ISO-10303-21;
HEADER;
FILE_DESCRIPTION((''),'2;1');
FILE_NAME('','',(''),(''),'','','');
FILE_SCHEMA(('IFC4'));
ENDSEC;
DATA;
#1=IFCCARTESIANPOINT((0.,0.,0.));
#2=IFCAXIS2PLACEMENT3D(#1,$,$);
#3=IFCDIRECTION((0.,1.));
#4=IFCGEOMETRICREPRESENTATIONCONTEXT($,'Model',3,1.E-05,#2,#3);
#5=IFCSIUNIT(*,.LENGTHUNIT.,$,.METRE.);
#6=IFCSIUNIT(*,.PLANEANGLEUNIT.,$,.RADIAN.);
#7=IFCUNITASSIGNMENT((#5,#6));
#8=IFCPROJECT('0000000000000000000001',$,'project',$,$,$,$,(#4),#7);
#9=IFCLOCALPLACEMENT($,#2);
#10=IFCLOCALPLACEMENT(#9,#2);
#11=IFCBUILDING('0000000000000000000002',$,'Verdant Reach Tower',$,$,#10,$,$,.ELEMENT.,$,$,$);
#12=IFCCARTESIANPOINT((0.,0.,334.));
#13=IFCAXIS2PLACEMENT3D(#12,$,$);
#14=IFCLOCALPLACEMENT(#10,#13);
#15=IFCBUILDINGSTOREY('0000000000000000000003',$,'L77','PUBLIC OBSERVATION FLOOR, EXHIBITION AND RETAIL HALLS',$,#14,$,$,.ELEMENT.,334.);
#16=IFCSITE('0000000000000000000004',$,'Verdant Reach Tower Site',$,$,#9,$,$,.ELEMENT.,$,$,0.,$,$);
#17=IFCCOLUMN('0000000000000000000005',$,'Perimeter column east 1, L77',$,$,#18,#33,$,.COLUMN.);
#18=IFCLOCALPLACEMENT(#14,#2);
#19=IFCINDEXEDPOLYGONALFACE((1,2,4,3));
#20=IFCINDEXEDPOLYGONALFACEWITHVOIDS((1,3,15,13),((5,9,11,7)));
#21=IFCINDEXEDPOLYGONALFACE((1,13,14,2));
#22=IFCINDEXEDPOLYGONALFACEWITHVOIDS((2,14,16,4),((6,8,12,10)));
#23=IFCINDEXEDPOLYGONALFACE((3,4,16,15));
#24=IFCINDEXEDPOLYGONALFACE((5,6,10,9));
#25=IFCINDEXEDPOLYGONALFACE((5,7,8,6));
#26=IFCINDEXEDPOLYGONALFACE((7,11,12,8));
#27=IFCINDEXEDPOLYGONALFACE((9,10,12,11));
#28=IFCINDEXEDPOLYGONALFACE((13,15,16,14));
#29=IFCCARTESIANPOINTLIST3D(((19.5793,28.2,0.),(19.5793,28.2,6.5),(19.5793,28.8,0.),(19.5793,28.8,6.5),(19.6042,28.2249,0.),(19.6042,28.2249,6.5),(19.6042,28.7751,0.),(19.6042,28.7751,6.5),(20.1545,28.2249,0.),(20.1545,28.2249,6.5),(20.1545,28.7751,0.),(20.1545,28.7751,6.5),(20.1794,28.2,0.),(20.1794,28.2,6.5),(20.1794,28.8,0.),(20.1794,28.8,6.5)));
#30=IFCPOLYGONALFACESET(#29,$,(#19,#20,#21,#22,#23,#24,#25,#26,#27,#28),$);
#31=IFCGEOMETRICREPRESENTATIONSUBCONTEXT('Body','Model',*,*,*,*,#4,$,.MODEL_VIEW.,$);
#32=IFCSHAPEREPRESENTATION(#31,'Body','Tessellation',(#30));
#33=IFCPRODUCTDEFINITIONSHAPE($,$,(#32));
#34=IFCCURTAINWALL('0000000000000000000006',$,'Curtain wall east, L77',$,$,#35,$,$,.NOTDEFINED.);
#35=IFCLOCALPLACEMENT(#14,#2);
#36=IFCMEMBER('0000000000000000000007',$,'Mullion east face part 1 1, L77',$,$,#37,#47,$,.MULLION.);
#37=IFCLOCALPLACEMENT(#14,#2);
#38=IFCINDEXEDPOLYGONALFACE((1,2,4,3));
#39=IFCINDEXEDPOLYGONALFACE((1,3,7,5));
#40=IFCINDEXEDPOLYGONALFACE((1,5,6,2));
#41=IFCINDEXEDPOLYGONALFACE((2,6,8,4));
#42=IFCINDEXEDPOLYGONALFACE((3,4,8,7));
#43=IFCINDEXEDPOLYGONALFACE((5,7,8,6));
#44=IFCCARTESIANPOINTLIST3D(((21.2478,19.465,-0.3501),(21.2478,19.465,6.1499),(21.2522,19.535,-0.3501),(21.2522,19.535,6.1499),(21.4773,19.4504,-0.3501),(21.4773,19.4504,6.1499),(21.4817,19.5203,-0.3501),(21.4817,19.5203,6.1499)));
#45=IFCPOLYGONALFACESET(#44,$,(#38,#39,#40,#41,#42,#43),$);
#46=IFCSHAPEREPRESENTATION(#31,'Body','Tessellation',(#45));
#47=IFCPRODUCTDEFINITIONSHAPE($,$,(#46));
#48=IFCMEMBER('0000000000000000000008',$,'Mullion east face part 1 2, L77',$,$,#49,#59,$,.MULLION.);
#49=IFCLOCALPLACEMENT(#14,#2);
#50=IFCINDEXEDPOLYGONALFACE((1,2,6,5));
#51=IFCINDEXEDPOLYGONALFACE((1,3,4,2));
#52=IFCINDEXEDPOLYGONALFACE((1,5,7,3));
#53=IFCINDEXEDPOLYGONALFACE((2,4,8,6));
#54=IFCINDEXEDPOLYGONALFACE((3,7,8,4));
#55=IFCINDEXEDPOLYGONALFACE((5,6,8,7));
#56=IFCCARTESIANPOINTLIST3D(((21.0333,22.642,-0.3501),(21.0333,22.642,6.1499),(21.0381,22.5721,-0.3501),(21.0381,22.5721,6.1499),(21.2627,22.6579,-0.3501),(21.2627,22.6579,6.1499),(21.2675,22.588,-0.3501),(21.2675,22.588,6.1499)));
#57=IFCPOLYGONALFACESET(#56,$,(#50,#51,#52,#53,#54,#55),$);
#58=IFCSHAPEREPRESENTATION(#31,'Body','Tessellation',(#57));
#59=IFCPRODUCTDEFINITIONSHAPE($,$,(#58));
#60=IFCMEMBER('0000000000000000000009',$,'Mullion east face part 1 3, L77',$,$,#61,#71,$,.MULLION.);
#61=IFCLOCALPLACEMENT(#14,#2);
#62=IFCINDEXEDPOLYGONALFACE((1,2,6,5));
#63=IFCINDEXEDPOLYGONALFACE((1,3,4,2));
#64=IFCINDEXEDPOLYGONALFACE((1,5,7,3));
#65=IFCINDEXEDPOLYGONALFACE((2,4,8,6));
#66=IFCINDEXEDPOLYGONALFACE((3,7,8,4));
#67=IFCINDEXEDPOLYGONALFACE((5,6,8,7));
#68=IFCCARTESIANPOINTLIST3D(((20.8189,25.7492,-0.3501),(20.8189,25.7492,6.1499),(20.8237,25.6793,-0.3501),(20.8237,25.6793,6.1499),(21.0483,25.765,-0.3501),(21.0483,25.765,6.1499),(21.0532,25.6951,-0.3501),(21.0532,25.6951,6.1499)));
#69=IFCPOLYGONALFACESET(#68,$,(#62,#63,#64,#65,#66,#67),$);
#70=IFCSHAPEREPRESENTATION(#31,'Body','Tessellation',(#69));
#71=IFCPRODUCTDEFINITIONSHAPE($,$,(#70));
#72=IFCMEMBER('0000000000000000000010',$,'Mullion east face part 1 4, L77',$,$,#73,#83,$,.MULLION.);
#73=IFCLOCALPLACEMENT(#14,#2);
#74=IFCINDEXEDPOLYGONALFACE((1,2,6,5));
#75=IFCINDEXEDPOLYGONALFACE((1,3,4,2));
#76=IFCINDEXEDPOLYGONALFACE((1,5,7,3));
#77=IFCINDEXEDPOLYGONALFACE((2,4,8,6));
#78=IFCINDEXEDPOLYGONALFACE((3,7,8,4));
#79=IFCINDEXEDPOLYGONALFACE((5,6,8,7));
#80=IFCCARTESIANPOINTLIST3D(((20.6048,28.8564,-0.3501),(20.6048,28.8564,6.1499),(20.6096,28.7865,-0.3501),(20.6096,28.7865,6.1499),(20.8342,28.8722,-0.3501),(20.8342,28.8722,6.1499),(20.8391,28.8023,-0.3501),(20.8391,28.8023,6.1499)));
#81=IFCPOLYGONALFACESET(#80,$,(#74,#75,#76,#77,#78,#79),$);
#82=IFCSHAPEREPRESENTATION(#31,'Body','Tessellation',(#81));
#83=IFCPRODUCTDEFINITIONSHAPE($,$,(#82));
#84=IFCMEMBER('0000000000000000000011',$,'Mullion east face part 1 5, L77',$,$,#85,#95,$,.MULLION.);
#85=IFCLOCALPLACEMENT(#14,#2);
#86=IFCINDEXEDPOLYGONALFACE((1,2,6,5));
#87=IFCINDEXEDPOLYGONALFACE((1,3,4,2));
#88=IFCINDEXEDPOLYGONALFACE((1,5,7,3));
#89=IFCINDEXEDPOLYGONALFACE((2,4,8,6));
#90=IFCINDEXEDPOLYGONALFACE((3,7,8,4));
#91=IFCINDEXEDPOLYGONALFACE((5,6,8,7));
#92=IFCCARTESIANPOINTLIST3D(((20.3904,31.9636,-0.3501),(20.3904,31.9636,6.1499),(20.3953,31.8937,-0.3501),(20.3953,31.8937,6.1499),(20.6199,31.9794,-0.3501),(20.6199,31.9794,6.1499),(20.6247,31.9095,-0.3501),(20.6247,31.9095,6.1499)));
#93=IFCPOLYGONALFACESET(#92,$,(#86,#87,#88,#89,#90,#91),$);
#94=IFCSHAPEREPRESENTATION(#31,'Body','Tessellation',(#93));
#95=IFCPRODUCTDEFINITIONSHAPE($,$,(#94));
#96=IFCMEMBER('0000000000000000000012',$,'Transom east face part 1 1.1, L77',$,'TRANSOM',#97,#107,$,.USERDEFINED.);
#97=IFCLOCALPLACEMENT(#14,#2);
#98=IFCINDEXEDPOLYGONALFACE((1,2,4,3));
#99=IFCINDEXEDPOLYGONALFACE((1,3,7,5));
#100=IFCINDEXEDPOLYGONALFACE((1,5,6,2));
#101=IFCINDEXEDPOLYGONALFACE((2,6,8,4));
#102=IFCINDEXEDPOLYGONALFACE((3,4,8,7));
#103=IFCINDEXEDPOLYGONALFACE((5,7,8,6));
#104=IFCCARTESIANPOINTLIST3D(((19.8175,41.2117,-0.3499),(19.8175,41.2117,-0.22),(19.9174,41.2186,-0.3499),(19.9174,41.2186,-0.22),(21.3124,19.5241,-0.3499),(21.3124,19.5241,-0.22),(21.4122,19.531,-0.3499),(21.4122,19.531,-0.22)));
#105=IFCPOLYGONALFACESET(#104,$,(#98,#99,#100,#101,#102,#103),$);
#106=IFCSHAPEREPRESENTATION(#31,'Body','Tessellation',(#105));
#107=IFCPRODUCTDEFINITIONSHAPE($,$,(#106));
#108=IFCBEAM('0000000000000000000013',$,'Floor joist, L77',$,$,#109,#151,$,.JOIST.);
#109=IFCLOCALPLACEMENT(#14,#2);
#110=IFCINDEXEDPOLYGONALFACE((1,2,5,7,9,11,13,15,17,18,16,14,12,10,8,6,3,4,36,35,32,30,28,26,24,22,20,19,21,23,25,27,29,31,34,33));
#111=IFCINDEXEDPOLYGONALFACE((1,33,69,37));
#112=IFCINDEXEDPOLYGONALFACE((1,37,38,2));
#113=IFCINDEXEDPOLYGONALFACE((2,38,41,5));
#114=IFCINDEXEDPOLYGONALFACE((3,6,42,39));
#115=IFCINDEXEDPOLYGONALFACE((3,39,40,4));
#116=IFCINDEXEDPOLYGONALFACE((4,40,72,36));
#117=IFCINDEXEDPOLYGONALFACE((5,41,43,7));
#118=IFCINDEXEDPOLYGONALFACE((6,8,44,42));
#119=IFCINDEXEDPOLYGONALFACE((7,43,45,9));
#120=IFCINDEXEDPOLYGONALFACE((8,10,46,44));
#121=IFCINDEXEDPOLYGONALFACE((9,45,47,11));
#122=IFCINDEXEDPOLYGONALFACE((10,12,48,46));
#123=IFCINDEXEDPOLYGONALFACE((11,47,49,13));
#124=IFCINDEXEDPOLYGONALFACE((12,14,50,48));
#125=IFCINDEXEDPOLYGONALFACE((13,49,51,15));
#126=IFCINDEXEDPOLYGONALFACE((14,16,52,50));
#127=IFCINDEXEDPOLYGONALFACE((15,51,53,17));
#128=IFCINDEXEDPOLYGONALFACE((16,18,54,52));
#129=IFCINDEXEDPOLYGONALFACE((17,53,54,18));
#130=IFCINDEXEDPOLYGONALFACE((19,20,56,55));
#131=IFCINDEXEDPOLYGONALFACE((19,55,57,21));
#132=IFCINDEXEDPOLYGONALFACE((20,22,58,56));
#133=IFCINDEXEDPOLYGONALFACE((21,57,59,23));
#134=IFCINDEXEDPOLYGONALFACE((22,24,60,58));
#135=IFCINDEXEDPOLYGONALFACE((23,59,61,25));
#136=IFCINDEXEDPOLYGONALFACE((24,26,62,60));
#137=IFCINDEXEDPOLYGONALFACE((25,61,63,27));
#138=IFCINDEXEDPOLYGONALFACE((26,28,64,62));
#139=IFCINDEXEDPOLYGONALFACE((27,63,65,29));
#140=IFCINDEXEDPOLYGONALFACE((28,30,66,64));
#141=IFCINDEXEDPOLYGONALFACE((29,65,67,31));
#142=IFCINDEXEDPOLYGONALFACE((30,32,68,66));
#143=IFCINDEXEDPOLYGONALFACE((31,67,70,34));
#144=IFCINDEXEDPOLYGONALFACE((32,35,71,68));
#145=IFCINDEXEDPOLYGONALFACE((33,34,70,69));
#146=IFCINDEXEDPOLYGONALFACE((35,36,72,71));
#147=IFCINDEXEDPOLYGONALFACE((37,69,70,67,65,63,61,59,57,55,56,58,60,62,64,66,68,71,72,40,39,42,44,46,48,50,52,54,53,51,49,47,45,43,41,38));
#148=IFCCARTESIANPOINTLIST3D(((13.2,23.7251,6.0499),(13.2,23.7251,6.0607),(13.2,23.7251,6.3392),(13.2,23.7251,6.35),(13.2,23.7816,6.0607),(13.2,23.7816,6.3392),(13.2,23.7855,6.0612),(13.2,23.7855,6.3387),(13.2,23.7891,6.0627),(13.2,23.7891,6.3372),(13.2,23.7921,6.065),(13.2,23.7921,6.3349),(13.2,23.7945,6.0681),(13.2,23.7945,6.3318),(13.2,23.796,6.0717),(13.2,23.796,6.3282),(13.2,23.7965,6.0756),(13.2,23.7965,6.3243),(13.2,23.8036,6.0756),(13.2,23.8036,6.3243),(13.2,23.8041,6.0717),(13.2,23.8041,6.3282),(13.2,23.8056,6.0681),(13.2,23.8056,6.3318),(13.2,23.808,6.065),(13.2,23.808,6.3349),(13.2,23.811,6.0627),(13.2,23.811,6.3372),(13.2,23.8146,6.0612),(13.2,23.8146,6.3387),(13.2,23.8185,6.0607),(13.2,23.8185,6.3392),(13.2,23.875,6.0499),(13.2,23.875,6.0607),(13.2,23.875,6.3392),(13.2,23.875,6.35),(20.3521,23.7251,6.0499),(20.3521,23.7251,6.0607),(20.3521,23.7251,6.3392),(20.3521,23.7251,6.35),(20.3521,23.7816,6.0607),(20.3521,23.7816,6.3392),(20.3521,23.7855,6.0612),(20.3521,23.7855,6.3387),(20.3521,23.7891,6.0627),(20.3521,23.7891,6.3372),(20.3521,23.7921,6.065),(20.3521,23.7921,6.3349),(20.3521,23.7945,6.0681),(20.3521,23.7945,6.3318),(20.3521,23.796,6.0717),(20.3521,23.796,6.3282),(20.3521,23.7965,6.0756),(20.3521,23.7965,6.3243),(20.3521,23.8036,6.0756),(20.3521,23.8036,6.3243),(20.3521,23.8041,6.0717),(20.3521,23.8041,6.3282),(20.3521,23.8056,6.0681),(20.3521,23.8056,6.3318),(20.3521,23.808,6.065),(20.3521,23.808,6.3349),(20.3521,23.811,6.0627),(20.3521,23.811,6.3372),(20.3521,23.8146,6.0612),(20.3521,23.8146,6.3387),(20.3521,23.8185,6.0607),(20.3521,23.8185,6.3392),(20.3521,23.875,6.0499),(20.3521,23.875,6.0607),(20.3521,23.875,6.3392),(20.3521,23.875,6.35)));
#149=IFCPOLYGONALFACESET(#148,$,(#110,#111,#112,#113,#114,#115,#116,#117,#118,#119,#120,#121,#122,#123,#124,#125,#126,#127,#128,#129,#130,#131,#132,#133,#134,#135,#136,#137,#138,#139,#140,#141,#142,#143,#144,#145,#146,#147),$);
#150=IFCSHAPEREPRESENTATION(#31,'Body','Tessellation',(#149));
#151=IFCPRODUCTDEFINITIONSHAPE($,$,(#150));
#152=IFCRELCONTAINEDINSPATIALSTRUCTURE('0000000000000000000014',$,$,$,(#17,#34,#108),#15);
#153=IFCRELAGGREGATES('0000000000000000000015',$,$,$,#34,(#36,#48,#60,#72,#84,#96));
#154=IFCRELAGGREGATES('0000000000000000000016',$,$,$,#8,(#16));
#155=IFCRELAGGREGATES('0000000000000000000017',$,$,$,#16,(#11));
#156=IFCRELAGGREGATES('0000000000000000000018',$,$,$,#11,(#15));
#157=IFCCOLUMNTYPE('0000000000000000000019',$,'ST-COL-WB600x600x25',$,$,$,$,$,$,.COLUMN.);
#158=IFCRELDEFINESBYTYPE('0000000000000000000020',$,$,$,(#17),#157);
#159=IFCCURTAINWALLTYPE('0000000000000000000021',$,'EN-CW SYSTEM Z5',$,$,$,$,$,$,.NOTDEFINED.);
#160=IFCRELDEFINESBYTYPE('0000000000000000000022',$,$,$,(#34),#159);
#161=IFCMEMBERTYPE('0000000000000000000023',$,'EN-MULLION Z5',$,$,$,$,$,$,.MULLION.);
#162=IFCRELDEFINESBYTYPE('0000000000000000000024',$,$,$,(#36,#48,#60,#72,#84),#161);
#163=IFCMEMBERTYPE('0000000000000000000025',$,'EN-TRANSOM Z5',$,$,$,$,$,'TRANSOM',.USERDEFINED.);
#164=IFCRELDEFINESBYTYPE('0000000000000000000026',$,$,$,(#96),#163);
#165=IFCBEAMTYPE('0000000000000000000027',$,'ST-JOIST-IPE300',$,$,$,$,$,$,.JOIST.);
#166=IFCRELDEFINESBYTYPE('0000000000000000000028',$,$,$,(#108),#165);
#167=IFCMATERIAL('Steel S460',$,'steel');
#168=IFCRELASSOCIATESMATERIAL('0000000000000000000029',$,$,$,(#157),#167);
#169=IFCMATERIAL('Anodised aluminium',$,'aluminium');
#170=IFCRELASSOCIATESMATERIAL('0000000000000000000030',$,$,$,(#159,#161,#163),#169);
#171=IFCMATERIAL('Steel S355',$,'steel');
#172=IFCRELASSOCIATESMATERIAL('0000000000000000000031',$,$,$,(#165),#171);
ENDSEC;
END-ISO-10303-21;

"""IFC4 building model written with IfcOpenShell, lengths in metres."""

from ifc_helpers import new_model, si_unit, direction, frame, origin, origin_2d, place, context, subcontext, project, spatial, rectangle, hollow_rectangle, i_section, extrude, material, material_profile, profile_set, type_object, element, aggregate, save


model = new_model("IFC4")

# Units and contexts
model_context = context("Model", 3, precision=1e-05, world=origin(), true_north=direction((0.0, 1.0)))
body_context = subcontext(model_context, "Body", "Model", "MODEL_VIEW")
ifc_project = project(units=[si_unit("LENGTHUNIT", "METRE"), si_unit("PLANEANGLEUNIT", "RADIAN")], contexts=[model_context])

# Site, building, storey
site_placement = place(None, origin())
site = spatial("IfcSite", under=ifc_project, at=site_placement, Name="Verdant Reach Tower Site", CompositionType="ELEMENT", RefElevation=0.0)
building_placement = place(site_placement, origin())
building = spatial("IfcBuilding", under=site, at=building_placement, Name="Verdant Reach Tower", CompositionType="ELEMENT")
storey_placement = place(building_placement, frame((0.0, 0.0, 334.0)))
storey = spatial("IfcBuildingStorey", under=building, at=storey_placement, Name="L77", Description="PUBLIC OBSERVATION FLOOR, EXHIBITION AND RETAIL HALLS", CompositionType="ELEMENT", Elevation=334.0)

# Column
ifc_material_1 = material(Name="Steel S460", Category="steel")
ifc_material_profile_1 = material_profile(ifc_material_1, hollow_rectangle(XDim=0.6001, YDim=0.6001, WallThickness=0.0249, at=origin_2d()), Name="WB 600x600x25")
ifc_profile_set_1 = profile_set([ifc_material_profile_1], Name="Steel S460")
column_type = type_object("IfcColumnType", Name="ST-COL-WB600x600x25", PredefinedType="COLUMN", material=ifc_profile_set_1)
column_placement = place(storey_placement, frame((19.8794, 28.5, 0.0), z_axis=(0.0, 0.0, 1.0), x_axis=(1.0, 0.0, 0.0)))
element("IfcColumn", 1, at=column_placement, inside=storey, type_object=column_type, Name="Perimeter column east 1, L77", PredefinedType="COLUMN", context=body_context, shape_type="SweptSolid", body=[
    extrude(hollow_rectangle(XDim=0.6001, YDim=0.6001, WallThickness=0.0249, at=origin_2d()), origin(), (0.0, 0.0, 1.0), 6.5),
])

# Curtain wall, members
ifc_material_2 = material(Name="Anodised aluminium", Category="aluminium")
curtain_wall_type = type_object("IfcCurtainWallType", Name="EN-CW SYSTEM Z5", PredefinedType="NOTDEFINED", material=ifc_material_2)
curtain_wall_placement = place(storey_placement, origin())
curtain_wall = element("IfcCurtainWall", 2, at=curtain_wall_placement, inside=storey, type_object=curtain_wall_type, Name="Curtain wall east, L77", PredefinedType="NOTDEFINED")
ifc_material_profile_2 = material_profile(ifc_material_2, rectangle(XDim=0.23, YDim=0.0701, at=origin_2d()), Name="Mullion 70x230")
ifc_profile_set_2 = profile_set([ifc_material_profile_2], Name="Anodised aluminium")
member_type_1 = type_object("IfcMemberType", Name="EN-MULLION Z5", PredefinedType="MULLION", material=ifc_profile_set_2)
member_1_placement = place(storey_placement, frame((21.3647, 19.4927, -0.3501), z_axis=(0.0, 0.0, 1.0), x_axis=(0.997969, -0.063699, 0.0)))
member_1 = element("IfcMember", 3, at=member_1_placement, type_object=member_type_1, Name="Mullion east face part 1 1, L77", PredefinedType="MULLION", context=body_context, shape_type="SweptSolid", body=[
    extrude(rectangle(XDim=0.23, YDim=0.0701, at=origin_2d()), origin(), (0.0, 0.0, 1.0), 6.5),
])
member_2_placement = place(storey_placement, frame((21.1504, 22.615, -0.3501), z_axis=(0.0, 0.0, 1.0), x_axis=(0.99763, 0.068802, 0.0)))
member_2 = element("IfcMember", 4, at=member_2_placement, type_object=member_type_1, Name="Mullion east face part 1 2, L77", PredefinedType="MULLION", context=body_context, shape_type="SweptSolid", body=[
    extrude(rectangle(XDim=0.23, YDim=0.0701, at=origin_2d()), origin(), (0.0, 0.0, 1.0), 6.5),
])
member_3_placement = place(storey_placement, frame((20.936, 25.7222, -0.3501), z_axis=(0.0, 0.0, 1.0), x_axis=(0.99763, 0.068802, 0.0)))
member_3 = element("IfcMember", 5, at=member_3_placement, type_object=member_type_1, Name="Mullion east face part 1 3, L77", PredefinedType="MULLION", context=body_context, shape_type="SweptSolid", body=[
    extrude(rectangle(XDim=0.23, YDim=0.0701, at=origin_2d()), origin(), (0.0, 0.0, 1.0), 6.5),
])
member_4_placement = place(storey_placement, frame((20.7219, 28.8293, -0.3501), z_axis=(0.0, 0.0, 1.0), x_axis=(0.99763, 0.068802, 0.0)))
member_4 = element("IfcMember", 6, at=member_4_placement, type_object=member_type_1, Name="Mullion east face part 1 4, L77", PredefinedType="MULLION", context=body_context, shape_type="SweptSolid", body=[
    extrude(rectangle(XDim=0.23, YDim=0.0701, at=origin_2d()), origin(), (0.0, 0.0, 1.0), 6.5),
])
member_5_placement = place(storey_placement, frame((20.5076, 31.9365, -0.3501), z_axis=(0.0, 0.0, 1.0), x_axis=(0.99763, 0.068802, 0.0)))
member_5 = element("IfcMember", 7, at=member_5_placement, type_object=member_type_1, Name="Mullion east face part 1 5, L77", PredefinedType="MULLION", context=body_context, shape_type="SweptSolid", body=[
    extrude(rectangle(XDim=0.23, YDim=0.0701, at=origin_2d()), origin(), (0.0, 0.0, 1.0), 6.5),
])
ifc_material_profile_3 = material_profile(ifc_material_2, rectangle(XDim=0.1001, YDim=0.1299, at=origin_2d()), Name="Transom 130x100")
ifc_profile_set_3 = profile_set([ifc_material_profile_3], Name="Anodised aluminium")
member_type_2 = type_object("IfcMemberType", Name="EN-TRANSOM Z5", ElementType="TRANSOM", PredefinedType="USERDEFINED", material=ifc_profile_set_3)
member_6_placement = place(storey_placement, frame((21.3623, 19.5276, -0.2849), z_axis=(-0.068765, 0.997633, 0.0), x_axis=(-0.997633, -0.068765, 0.0)))
member_6 = element("IfcMember", 8, at=member_6_placement, type_object=member_type_2, Name="Transom east face part 1 1.1, L77", ObjectType="TRANSOM", PredefinedType="USERDEFINED", context=body_context, shape_type="SweptSolid", body=[
    extrude(rectangle(XDim=0.1001, YDim=0.1299, at=origin_2d()), origin(), (0.0, 0.0, 1.0), 21.739),
])

# Beam
ifc_material_3 = material(Name="Steel S355", Category="steel")
ifc_material_profile_4 = material_profile(ifc_material_3, i_section(OverallWidth=0.1499, OverallDepth=0.3, WebThickness=0.0071, FlangeThickness=0.0107, FilletRadius=0.0149, at=origin_2d()), Name="IPE 300")
ifc_profile_set_4 = profile_set([ifc_material_profile_4], Name="Steel S355")
beam_type_1 = type_object("IfcBeamType", Name="ST-JOIST-IPE300", PredefinedType="JOIST", material=ifc_profile_set_4)
beam_1_placement = place(storey_placement, frame((13.2, 23.8, 6.2), z_axis=(1.0, 0.0, 0.0), x_axis=(0.0, 1.0, 0.0)))
element("IfcBeam", 9, at=beam_1_placement, inside=storey, type_object=beam_type_1, Name="Floor joist, L77", PredefinedType="JOIST", context=body_context, shape_type="SweptSolid", body=[
    extrude(i_section(OverallWidth=0.1499, OverallDepth=0.3, WebThickness=0.0071, FlangeThickness=0.0107, FilletRadius=0.0149, at=origin_2d()), origin(), (0.0, 0.0, 1.0), 7.1521),
])

aggregate(curtain_wall, [member_1, member_2, member_3, member_4, member_5, member_6])

save(model, "model.ifc")
